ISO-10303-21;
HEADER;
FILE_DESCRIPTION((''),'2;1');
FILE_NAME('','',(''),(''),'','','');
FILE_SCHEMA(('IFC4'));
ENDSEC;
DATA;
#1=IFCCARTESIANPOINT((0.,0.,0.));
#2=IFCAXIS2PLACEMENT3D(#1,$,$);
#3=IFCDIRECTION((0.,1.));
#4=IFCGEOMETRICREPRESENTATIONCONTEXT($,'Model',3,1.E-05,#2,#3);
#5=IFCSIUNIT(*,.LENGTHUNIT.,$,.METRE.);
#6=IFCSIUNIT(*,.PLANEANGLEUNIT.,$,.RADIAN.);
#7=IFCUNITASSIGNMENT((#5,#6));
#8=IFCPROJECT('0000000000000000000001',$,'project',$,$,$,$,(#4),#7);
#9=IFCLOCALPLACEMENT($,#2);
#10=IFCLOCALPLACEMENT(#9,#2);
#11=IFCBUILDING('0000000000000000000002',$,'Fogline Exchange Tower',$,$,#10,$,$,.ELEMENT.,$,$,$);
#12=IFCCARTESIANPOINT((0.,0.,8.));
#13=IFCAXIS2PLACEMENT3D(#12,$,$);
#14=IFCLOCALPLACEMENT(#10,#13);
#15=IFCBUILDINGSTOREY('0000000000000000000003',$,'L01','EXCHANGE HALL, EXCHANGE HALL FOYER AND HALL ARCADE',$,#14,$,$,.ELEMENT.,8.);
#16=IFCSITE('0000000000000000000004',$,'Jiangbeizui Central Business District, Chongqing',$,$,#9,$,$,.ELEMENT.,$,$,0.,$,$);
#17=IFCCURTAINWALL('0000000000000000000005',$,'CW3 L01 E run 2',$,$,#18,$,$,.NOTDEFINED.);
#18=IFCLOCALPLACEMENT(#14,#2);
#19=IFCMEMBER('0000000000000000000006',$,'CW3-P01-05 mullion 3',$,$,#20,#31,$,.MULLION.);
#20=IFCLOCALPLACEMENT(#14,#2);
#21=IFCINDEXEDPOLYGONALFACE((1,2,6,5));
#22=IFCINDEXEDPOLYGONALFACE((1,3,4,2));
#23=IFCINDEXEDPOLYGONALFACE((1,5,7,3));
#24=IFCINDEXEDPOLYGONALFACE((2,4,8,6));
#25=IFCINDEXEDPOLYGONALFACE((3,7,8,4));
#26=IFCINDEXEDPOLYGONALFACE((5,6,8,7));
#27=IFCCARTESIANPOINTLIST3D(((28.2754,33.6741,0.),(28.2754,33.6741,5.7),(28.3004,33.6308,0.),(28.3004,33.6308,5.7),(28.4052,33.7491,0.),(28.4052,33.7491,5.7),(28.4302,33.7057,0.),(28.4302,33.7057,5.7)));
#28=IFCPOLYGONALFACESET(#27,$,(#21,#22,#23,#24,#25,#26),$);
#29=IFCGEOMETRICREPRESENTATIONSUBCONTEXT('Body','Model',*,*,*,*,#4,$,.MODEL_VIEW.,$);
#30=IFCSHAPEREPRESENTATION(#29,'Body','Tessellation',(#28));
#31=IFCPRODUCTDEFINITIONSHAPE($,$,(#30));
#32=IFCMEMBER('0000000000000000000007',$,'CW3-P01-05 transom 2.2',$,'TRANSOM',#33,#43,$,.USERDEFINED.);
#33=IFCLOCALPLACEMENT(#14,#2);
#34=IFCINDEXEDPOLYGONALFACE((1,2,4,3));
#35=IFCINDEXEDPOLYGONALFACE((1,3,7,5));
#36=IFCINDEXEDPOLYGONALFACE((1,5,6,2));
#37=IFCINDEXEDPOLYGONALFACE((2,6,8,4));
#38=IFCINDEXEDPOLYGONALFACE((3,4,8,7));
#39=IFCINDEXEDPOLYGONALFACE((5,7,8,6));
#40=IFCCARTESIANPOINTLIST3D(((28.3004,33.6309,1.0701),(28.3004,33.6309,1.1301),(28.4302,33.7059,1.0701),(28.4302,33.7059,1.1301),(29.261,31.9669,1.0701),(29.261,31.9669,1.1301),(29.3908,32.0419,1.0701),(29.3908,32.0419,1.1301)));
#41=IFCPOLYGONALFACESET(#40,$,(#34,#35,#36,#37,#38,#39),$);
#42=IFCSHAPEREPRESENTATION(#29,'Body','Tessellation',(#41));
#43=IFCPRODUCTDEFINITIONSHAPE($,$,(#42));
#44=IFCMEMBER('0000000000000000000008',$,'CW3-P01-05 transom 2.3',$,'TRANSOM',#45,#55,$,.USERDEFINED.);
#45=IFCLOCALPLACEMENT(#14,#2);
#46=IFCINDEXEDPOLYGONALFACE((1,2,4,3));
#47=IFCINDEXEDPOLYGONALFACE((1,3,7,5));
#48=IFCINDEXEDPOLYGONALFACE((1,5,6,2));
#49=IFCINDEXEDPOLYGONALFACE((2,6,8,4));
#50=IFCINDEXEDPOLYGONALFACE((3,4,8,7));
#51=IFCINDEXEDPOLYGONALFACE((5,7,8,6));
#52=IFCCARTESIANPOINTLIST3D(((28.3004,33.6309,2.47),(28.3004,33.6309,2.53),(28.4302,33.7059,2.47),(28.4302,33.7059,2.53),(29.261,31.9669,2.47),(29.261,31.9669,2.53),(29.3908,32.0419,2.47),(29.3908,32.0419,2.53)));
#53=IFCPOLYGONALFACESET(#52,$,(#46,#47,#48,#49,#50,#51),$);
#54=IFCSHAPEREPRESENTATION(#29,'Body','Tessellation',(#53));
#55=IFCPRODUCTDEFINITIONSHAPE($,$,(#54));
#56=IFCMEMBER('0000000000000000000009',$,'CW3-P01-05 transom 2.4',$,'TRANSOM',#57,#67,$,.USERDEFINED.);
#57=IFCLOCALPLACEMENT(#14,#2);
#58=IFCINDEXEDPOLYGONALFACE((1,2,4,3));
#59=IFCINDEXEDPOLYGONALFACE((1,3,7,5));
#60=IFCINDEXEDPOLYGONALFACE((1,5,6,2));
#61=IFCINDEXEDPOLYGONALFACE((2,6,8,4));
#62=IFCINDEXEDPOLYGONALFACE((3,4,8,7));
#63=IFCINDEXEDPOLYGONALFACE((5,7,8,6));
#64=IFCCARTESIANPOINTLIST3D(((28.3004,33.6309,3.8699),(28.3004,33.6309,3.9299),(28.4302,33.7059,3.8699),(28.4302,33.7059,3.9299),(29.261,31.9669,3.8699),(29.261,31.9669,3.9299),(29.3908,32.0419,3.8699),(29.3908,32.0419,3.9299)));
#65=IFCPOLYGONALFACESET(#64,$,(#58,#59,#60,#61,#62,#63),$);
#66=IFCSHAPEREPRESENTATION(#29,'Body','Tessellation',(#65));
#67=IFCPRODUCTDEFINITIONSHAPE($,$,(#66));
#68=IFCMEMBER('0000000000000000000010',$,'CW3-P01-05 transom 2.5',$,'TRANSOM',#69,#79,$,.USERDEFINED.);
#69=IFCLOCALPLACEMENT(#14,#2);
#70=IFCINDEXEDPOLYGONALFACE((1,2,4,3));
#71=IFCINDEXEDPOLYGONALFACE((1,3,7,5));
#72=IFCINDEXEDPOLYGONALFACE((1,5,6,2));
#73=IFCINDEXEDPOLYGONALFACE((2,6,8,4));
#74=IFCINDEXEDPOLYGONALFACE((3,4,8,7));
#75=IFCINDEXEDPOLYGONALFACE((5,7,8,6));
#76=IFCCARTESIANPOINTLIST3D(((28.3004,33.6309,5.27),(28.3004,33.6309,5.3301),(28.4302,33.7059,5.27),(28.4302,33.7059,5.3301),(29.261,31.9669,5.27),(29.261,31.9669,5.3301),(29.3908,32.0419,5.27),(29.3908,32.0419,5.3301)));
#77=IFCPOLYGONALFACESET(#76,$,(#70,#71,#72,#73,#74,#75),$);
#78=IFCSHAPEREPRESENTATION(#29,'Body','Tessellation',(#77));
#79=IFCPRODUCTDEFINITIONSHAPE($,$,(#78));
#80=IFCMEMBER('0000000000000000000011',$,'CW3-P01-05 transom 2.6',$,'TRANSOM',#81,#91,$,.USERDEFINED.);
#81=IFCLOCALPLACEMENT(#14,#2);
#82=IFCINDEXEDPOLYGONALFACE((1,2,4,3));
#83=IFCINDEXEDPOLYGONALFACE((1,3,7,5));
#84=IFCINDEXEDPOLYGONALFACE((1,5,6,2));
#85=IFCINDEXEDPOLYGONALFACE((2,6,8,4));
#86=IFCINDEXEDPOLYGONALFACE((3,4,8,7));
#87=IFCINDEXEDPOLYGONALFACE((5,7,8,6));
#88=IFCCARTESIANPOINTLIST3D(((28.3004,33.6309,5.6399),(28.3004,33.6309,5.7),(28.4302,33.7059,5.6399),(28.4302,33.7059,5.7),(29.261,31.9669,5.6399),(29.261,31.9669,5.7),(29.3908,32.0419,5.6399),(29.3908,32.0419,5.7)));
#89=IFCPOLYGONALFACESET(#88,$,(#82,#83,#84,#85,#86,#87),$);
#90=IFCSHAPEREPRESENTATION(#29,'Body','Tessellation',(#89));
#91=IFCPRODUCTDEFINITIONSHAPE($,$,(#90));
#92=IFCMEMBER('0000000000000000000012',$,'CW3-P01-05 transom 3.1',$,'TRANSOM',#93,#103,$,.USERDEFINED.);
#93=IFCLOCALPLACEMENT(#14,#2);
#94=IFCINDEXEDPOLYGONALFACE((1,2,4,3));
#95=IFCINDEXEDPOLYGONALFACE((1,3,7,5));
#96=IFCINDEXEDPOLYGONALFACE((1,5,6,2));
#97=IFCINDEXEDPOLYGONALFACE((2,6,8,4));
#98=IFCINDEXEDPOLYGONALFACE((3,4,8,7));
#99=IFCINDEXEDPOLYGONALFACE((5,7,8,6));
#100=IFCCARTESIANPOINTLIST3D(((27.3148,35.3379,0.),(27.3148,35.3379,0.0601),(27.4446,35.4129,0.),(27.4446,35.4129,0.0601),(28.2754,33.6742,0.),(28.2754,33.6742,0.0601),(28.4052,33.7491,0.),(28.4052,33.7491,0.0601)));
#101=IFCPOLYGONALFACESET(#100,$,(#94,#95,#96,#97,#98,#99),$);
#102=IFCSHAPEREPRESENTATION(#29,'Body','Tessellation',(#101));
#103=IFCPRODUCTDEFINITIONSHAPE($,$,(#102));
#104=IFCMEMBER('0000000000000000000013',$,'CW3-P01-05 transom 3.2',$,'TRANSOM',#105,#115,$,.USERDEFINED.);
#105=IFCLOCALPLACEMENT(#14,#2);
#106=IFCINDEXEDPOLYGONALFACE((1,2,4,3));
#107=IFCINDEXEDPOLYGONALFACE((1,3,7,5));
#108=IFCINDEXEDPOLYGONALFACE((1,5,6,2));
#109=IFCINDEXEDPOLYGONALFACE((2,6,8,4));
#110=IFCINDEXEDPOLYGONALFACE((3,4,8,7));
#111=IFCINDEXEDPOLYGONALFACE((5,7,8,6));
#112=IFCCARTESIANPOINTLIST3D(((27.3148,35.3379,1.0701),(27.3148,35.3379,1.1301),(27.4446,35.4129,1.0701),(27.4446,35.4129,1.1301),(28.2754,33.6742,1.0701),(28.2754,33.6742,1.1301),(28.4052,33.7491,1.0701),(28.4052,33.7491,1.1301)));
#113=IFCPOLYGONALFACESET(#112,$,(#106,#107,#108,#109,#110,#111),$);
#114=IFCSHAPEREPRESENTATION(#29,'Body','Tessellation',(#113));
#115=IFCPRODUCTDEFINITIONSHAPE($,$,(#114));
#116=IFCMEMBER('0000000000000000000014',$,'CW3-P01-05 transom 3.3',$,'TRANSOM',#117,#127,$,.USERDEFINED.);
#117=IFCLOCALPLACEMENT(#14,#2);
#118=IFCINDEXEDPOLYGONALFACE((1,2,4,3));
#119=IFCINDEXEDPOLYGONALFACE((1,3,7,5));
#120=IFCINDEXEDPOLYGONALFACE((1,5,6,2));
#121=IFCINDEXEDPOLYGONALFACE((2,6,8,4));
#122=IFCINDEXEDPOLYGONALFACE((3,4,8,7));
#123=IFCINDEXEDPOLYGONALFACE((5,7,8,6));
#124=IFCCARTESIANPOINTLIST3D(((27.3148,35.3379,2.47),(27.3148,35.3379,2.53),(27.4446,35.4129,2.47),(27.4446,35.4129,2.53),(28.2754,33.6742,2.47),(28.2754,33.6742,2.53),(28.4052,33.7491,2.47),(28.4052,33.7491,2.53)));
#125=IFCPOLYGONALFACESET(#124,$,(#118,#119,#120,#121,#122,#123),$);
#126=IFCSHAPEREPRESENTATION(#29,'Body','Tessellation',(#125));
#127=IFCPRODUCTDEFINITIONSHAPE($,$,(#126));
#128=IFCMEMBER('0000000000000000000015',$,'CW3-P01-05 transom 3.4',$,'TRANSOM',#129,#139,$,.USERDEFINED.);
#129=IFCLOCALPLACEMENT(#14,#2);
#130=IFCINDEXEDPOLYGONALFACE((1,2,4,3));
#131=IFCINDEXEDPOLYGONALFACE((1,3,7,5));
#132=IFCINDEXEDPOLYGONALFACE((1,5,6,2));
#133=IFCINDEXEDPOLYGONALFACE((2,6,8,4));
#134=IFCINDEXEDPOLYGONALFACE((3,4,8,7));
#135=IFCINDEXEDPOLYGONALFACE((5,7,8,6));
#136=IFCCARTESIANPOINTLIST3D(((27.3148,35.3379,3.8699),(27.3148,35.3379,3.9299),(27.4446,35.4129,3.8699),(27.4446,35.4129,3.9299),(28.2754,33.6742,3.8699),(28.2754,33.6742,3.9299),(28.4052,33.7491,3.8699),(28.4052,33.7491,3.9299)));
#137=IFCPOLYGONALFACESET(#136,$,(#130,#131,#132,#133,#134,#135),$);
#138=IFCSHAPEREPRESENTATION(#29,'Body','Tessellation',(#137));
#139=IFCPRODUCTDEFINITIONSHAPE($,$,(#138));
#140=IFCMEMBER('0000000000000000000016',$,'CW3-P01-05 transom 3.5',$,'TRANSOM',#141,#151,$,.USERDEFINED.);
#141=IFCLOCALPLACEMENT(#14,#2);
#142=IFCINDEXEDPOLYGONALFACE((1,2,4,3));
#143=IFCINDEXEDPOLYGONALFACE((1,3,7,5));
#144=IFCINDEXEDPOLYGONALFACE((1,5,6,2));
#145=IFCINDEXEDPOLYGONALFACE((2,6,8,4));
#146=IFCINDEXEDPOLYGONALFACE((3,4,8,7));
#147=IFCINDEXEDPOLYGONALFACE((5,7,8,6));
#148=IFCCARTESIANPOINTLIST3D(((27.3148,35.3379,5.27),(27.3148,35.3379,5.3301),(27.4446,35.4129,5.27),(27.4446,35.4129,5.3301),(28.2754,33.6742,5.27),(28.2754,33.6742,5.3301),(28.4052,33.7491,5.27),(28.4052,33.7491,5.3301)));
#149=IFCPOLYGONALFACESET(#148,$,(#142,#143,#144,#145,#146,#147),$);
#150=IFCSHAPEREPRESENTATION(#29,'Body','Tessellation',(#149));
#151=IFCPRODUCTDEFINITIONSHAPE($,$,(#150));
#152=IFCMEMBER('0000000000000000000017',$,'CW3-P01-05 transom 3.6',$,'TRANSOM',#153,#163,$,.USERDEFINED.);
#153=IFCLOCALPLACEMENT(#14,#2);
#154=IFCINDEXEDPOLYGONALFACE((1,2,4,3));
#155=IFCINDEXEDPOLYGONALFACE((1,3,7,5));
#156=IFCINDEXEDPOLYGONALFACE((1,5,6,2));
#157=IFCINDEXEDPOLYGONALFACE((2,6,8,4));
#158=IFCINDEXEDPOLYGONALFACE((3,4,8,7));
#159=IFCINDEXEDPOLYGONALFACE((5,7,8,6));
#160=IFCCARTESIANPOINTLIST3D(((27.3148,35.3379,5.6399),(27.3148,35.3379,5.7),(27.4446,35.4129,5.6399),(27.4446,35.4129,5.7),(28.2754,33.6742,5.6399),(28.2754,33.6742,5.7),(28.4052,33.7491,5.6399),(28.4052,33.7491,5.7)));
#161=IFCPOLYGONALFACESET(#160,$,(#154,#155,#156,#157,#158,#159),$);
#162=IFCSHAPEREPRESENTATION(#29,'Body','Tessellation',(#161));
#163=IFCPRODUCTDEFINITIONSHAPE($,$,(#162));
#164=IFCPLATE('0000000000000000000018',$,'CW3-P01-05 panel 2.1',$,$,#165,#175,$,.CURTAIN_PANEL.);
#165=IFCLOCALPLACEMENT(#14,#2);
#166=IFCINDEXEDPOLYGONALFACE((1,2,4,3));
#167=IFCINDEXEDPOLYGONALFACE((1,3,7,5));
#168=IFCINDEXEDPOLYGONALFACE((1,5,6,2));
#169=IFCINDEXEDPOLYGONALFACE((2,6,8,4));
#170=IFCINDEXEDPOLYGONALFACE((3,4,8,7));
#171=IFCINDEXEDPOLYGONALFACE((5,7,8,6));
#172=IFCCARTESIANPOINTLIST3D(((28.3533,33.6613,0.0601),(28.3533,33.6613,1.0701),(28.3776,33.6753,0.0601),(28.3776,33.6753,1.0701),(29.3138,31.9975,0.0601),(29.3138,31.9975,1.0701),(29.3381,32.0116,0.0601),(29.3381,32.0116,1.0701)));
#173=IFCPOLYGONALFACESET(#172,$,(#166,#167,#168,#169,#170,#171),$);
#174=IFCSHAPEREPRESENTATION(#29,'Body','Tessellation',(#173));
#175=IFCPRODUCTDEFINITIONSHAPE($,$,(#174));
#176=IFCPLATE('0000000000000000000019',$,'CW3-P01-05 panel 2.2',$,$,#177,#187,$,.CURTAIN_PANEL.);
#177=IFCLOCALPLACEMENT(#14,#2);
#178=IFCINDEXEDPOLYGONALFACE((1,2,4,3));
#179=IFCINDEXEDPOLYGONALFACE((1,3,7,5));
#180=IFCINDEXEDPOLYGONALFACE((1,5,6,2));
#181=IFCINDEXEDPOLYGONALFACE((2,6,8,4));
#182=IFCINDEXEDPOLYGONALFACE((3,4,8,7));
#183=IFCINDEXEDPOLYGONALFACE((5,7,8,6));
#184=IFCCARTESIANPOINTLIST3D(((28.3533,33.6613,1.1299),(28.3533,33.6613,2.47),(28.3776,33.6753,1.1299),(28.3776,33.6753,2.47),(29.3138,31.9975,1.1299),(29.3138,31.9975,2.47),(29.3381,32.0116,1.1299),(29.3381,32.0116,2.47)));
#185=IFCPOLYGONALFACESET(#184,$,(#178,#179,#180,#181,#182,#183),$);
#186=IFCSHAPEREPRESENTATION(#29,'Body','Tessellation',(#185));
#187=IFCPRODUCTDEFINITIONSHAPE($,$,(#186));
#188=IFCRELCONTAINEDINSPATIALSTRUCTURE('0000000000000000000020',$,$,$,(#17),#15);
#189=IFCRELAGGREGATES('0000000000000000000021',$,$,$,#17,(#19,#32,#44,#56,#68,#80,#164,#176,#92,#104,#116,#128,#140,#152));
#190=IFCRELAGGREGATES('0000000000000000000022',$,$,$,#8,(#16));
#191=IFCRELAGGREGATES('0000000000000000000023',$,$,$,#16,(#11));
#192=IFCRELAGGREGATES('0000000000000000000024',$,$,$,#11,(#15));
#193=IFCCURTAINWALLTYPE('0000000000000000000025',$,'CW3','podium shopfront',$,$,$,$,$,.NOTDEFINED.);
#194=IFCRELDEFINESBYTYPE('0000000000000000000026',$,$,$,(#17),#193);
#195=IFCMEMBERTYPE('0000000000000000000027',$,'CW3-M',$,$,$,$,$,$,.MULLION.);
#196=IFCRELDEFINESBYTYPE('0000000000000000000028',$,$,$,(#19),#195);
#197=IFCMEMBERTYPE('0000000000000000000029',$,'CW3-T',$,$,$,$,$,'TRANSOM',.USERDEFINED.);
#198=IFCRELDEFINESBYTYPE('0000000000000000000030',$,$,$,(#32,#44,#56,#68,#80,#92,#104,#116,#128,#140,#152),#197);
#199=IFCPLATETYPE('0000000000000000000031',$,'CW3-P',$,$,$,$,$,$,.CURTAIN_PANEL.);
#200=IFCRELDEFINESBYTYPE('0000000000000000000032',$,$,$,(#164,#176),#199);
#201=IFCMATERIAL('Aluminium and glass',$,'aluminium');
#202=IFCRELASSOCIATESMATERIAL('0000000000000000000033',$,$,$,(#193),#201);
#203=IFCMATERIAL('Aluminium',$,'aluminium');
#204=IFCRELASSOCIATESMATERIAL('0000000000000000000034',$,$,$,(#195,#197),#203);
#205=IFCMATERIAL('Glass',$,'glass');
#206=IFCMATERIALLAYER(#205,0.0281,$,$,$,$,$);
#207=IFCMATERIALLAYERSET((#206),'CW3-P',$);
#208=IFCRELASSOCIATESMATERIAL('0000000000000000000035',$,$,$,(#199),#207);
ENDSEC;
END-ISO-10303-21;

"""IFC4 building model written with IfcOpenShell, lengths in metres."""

from ifc_helpers import new_model, si_unit, direction, frame, origin, origin_2d, place, context, subcontext, project, spatial, rectangle, extrude, material, layer, layer_set, material_profile, profile_set, type_object, element, aggregate, save


model = new_model("IFC4")

# Units and contexts
model_context = context("Model", 3, precision=1e-05, world=origin(), true_north=direction((0.0, 1.0)))
body_context = subcontext(model_context, "Body", "Model", "MODEL_VIEW")
ifc_project = project(units=[si_unit("LENGTHUNIT", "METRE"), si_unit("PLANEANGLEUNIT", "RADIAN")], contexts=[model_context])

# Site, building, storey
site_placement = place(None, origin())
site = spatial("IfcSite", under=ifc_project, at=site_placement, Name="Jiangbeizui Central Business District, Chongqing", CompositionType="ELEMENT", RefElevation=0.0)
building_placement = place(site_placement, origin())
building = spatial("IfcBuilding", under=site, at=building_placement, Name="Fogline Exchange Tower", CompositionType="ELEMENT")
storey_placement = place(building_placement, frame((0.0, 0.0, 8.0)))
storey = spatial("IfcBuildingStorey", under=building, at=storey_placement, Name="L01", Description="EXCHANGE HALL, EXCHANGE HALL FOYER AND HALL ARCADE", CompositionType="ELEMENT", Elevation=8.0)

# Curtain wall, members, plates
ifc_material_1 = material(Name="Aluminium and glass", Category="aluminium")
curtain_wall_type = type_object("IfcCurtainWallType", Name="CW3", Description="podium shopfront", PredefinedType="NOTDEFINED", material=ifc_material_1)
curtain_wall_placement = place(storey_placement, origin())
curtain_wall = element("IfcCurtainWall", 1, at=curtain_wall_placement, inside=storey, type_object=curtain_wall_type, Name="CW3 L01 E run 2", PredefinedType="NOTDEFINED")
ifc_material_2 = material(Name="Aluminium", Category="aluminium")
ifc_material_profile_1 = material_profile(ifc_material_2, rectangle(XDim=0.1499, YDim=0.05, at=origin_2d()), Name="Mullion 50x150")
ifc_profile_set_1 = profile_set([ifc_material_profile_1], Name="Aluminium")
member_type_1 = type_object("IfcMemberType", Name="CW3-M", PredefinedType="MULLION", material=ifc_profile_set_1)
member_1_placement = place(storey_placement, frame((28.3528, 33.6899, 0.0), z_axis=(0.0, 0.0, 1.0), x_axis=(-0.866025, -0.5, 0.0)))
member_1 = element("IfcMember", 2, at=member_1_placement, type_object=member_type_1, Name="CW3-P01-05 mullion 3", PredefinedType="MULLION", context=body_context, shape_type="SweptSolid", body=[
    extrude(rectangle(XDim=0.1499, YDim=0.05, at=origin_2d()), origin(), (0.0, 0.0, 1.0), 5.7),
])
ifc_material_profile_2 = material_profile(ifc_material_2, rectangle(XDim=0.1499, YDim=0.0601, at=origin_2d()), Name="Transom 60x150")
ifc_profile_set_2 = profile_set([ifc_material_profile_2], Name="Aluminium")
member_type_2 = type_object("IfcMemberType", Name="CW3-T", ElementType="TRANSOM", PredefinedType="USERDEFINED", material=ifc_profile_set_2)
member_2_placement = place(storey_placement, frame((29.3259, 32.0044, 1.1001), z_axis=(-0.499979, 0.866037, 0.0), x_axis=(-0.866037, -0.499979, 0.0)))
member_2 = element("IfcMember", 3, at=member_2_placement, type_object=member_type_2, Name="CW3-P01-05 transom 2.2", ObjectType="TRANSOM", PredefinedType="USERDEFINED", context=body_context, shape_type="SweptSolid", body=[
    extrude(rectangle(XDim=0.1499, YDim=0.0601, at=origin_2d()), origin(), (0.0, 0.0, 1.0), 1.9214),
])
member_3_placement = place(storey_placement, frame((29.3259, 32.0044, 2.5), z_axis=(-0.499979, 0.866037, 0.0), x_axis=(-0.866037, -0.499979, 0.0)))
member_3 = element("IfcMember", 4, at=member_3_placement, type_object=member_type_2, Name="CW3-P01-05 transom 2.3", ObjectType="TRANSOM", PredefinedType="USERDEFINED", context=body_context, shape_type="SweptSolid", body=[
    extrude(rectangle(XDim=0.1499, YDim=0.0601, at=origin_2d()), origin(), (0.0, 0.0, 1.0), 1.9214),
])
member_4_placement = place(storey_placement, frame((29.3259, 32.0044, 3.8999), z_axis=(-0.499979, 0.866037, 0.0), x_axis=(-0.866037, -0.499979, 0.0)))
member_4 = element("IfcMember", 5, at=member_4_placement, type_object=member_type_2, Name="CW3-P01-05 transom 2.4", ObjectType="TRANSOM", PredefinedType="USERDEFINED", context=body_context, shape_type="SweptSolid", body=[
    extrude(rectangle(XDim=0.1499, YDim=0.0601, at=origin_2d()), origin(), (0.0, 0.0, 1.0), 1.9214),
])
member_5_placement = place(storey_placement, frame((29.3259, 32.0044, 5.3), z_axis=(-0.499979, 0.866037, 0.0), x_axis=(-0.866037, -0.499979, 0.0)))
member_5 = element("IfcMember", 6, at=member_5_placement, type_object=member_type_2, Name="CW3-P01-05 transom 2.5", ObjectType="TRANSOM", PredefinedType="USERDEFINED", context=body_context, shape_type="SweptSolid", body=[
    extrude(rectangle(XDim=0.1499, YDim=0.0601, at=origin_2d()), origin(), (0.0, 0.0, 1.0), 1.9214),
])
member_6_placement = place(storey_placement, frame((29.3259, 32.0044, 5.6699), z_axis=(-0.499979, 0.866037, 0.0), x_axis=(-0.866037, -0.499979, 0.0)))
member_6 = element("IfcMember", 7, at=member_6_placement, type_object=member_type_2, Name="CW3-P01-05 transom 2.6", ObjectType="TRANSOM", PredefinedType="USERDEFINED", context=body_context, shape_type="SweptSolid", body=[
    extrude(rectangle(XDim=0.1499, YDim=0.0601, at=origin_2d()), origin(), (0.0, 0.0, 1.0), 1.9214),
])
member_7_placement = place(storey_placement, frame((28.3403, 33.7117, 0.03), z_axis=(-0.500034, 0.866006, 0.0), x_axis=(-0.866006, -0.500034, 0.0)))
member_7 = element("IfcMember", 8, at=member_7_placement, type_object=member_type_2, Name="CW3-P01-05 transom 3.1", ObjectType="TRANSOM", PredefinedType="USERDEFINED", context=body_context, shape_type="SweptSolid", body=[
    extrude(rectangle(XDim=0.1499, YDim=0.0601, at=origin_2d()), origin(), (0.0, 0.0, 1.0), 1.9211),
])
member_8_placement = place(storey_placement, frame((28.3403, 33.7117, 1.1001), z_axis=(-0.500034, 0.866006, 0.0), x_axis=(-0.866006, -0.500034, 0.0)))
member_8 = element("IfcMember", 9, at=member_8_placement, type_object=member_type_2, Name="CW3-P01-05 transom 3.2", ObjectType="TRANSOM", PredefinedType="USERDEFINED", context=body_context, shape_type="SweptSolid", body=[
    extrude(rectangle(XDim=0.1499, YDim=0.0601, at=origin_2d()), origin(), (0.0, 0.0, 1.0), 1.9211),
])
member_9_placement = place(storey_placement, frame((28.3403, 33.7117, 2.5), z_axis=(-0.500034, 0.866006, 0.0), x_axis=(-0.866006, -0.500034, 0.0)))
member_9 = element("IfcMember", 10, at=member_9_placement, type_object=member_type_2, Name="CW3-P01-05 transom 3.3", ObjectType="TRANSOM", PredefinedType="USERDEFINED", context=body_context, shape_type="SweptSolid", body=[
    extrude(rectangle(XDim=0.1499, YDim=0.0601, at=origin_2d()), origin(), (0.0, 0.0, 1.0), 1.9211),
])
member_10_placement = place(storey_placement, frame((28.3403, 33.7117, 3.8999), z_axis=(-0.500034, 0.866006, 0.0), x_axis=(-0.866006, -0.500034, 0.0)))
member_10 = element("IfcMember", 11, at=member_10_placement, type_object=member_type_2, Name="CW3-P01-05 transom 3.4", ObjectType="TRANSOM", PredefinedType="USERDEFINED", context=body_context, shape_type="SweptSolid", body=[
    extrude(rectangle(XDim=0.1499, YDim=0.0601, at=origin_2d()), origin(), (0.0, 0.0, 1.0), 1.9211),
])
member_11_placement = place(storey_placement, frame((28.3403, 33.7117, 5.3), z_axis=(-0.500034, 0.866006, 0.0), x_axis=(-0.866006, -0.500034, 0.0)))
member_11 = element("IfcMember", 12, at=member_11_placement, type_object=member_type_2, Name="CW3-P01-05 transom 3.5", ObjectType="TRANSOM", PredefinedType="USERDEFINED", context=body_context, shape_type="SweptSolid", body=[
    extrude(rectangle(XDim=0.1499, YDim=0.0601, at=origin_2d()), origin(), (0.0, 0.0, 1.0), 1.9211),
])
member_12_placement = place(storey_placement, frame((28.3403, 33.7117, 5.6699), z_axis=(-0.500034, 0.866006, 0.0), x_axis=(-0.866006, -0.500034, 0.0)))
member_12 = element("IfcMember", 13, at=member_12_placement, type_object=member_type_2, Name="CW3-P01-05 transom 3.6", ObjectType="TRANSOM", PredefinedType="USERDEFINED", context=body_context, shape_type="SweptSolid", body=[
    extrude(rectangle(XDim=0.1499, YDim=0.0601, at=origin_2d()), origin(), (0.0, 0.0, 1.0), 1.9211),
])
ifc_material_3 = material(Name="Glass", Category="glass")
ifc_layer = layer(ifc_material_3, 0.0281)
ifc_layer_set = layer_set([ifc_layer], Name="CW3-P")
plate_type = type_object("IfcPlateType", Name="CW3-P", PredefinedType="CURTAIN_PANEL", material=ifc_layer_set)
plate_1_placement = place(storey_placement, frame((28.8457, 32.8364, 0.0601), z_axis=(0.0, 0.0, 1.0), x_axis=(-0.5, 0.866025, 0.0)))
plate_1 = element("IfcPlate", 14, at=plate_1_placement, type_object=plate_type, Name="CW3-P01-05 panel 2.1", PredefinedType="CURTAIN_PANEL", context=body_context, shape_type="SweptSolid", body=[
    extrude(rectangle(XDim=1.9211, YDim=0.0281, at=origin_2d()), origin(), (0.0, 0.0, 1.0), 1.01),
])
plate_2_placement = place(storey_placement, frame((28.8457, 32.8364, 1.1299), z_axis=(0.0, 0.0, 1.0), x_axis=(-0.5, 0.866025, 0.0)))
plate_2 = element("IfcPlate", 15, at=plate_2_placement, type_object=plate_type, Name="CW3-P01-05 panel 2.2", PredefinedType="CURTAIN_PANEL", context=body_context, shape_type="SweptSolid", body=[
    extrude(rectangle(XDim=1.9211, YDim=0.0281, at=origin_2d()), origin(), (0.0, 0.0, 1.0), 1.3401),
])
aggregate(curtain_wall, [member_1, member_2, member_3, member_4, member_5, member_6, plate_1, plate_2, member_7, member_8, member_9, member_10, member_11, member_12])

save(model, "model.ifc")
